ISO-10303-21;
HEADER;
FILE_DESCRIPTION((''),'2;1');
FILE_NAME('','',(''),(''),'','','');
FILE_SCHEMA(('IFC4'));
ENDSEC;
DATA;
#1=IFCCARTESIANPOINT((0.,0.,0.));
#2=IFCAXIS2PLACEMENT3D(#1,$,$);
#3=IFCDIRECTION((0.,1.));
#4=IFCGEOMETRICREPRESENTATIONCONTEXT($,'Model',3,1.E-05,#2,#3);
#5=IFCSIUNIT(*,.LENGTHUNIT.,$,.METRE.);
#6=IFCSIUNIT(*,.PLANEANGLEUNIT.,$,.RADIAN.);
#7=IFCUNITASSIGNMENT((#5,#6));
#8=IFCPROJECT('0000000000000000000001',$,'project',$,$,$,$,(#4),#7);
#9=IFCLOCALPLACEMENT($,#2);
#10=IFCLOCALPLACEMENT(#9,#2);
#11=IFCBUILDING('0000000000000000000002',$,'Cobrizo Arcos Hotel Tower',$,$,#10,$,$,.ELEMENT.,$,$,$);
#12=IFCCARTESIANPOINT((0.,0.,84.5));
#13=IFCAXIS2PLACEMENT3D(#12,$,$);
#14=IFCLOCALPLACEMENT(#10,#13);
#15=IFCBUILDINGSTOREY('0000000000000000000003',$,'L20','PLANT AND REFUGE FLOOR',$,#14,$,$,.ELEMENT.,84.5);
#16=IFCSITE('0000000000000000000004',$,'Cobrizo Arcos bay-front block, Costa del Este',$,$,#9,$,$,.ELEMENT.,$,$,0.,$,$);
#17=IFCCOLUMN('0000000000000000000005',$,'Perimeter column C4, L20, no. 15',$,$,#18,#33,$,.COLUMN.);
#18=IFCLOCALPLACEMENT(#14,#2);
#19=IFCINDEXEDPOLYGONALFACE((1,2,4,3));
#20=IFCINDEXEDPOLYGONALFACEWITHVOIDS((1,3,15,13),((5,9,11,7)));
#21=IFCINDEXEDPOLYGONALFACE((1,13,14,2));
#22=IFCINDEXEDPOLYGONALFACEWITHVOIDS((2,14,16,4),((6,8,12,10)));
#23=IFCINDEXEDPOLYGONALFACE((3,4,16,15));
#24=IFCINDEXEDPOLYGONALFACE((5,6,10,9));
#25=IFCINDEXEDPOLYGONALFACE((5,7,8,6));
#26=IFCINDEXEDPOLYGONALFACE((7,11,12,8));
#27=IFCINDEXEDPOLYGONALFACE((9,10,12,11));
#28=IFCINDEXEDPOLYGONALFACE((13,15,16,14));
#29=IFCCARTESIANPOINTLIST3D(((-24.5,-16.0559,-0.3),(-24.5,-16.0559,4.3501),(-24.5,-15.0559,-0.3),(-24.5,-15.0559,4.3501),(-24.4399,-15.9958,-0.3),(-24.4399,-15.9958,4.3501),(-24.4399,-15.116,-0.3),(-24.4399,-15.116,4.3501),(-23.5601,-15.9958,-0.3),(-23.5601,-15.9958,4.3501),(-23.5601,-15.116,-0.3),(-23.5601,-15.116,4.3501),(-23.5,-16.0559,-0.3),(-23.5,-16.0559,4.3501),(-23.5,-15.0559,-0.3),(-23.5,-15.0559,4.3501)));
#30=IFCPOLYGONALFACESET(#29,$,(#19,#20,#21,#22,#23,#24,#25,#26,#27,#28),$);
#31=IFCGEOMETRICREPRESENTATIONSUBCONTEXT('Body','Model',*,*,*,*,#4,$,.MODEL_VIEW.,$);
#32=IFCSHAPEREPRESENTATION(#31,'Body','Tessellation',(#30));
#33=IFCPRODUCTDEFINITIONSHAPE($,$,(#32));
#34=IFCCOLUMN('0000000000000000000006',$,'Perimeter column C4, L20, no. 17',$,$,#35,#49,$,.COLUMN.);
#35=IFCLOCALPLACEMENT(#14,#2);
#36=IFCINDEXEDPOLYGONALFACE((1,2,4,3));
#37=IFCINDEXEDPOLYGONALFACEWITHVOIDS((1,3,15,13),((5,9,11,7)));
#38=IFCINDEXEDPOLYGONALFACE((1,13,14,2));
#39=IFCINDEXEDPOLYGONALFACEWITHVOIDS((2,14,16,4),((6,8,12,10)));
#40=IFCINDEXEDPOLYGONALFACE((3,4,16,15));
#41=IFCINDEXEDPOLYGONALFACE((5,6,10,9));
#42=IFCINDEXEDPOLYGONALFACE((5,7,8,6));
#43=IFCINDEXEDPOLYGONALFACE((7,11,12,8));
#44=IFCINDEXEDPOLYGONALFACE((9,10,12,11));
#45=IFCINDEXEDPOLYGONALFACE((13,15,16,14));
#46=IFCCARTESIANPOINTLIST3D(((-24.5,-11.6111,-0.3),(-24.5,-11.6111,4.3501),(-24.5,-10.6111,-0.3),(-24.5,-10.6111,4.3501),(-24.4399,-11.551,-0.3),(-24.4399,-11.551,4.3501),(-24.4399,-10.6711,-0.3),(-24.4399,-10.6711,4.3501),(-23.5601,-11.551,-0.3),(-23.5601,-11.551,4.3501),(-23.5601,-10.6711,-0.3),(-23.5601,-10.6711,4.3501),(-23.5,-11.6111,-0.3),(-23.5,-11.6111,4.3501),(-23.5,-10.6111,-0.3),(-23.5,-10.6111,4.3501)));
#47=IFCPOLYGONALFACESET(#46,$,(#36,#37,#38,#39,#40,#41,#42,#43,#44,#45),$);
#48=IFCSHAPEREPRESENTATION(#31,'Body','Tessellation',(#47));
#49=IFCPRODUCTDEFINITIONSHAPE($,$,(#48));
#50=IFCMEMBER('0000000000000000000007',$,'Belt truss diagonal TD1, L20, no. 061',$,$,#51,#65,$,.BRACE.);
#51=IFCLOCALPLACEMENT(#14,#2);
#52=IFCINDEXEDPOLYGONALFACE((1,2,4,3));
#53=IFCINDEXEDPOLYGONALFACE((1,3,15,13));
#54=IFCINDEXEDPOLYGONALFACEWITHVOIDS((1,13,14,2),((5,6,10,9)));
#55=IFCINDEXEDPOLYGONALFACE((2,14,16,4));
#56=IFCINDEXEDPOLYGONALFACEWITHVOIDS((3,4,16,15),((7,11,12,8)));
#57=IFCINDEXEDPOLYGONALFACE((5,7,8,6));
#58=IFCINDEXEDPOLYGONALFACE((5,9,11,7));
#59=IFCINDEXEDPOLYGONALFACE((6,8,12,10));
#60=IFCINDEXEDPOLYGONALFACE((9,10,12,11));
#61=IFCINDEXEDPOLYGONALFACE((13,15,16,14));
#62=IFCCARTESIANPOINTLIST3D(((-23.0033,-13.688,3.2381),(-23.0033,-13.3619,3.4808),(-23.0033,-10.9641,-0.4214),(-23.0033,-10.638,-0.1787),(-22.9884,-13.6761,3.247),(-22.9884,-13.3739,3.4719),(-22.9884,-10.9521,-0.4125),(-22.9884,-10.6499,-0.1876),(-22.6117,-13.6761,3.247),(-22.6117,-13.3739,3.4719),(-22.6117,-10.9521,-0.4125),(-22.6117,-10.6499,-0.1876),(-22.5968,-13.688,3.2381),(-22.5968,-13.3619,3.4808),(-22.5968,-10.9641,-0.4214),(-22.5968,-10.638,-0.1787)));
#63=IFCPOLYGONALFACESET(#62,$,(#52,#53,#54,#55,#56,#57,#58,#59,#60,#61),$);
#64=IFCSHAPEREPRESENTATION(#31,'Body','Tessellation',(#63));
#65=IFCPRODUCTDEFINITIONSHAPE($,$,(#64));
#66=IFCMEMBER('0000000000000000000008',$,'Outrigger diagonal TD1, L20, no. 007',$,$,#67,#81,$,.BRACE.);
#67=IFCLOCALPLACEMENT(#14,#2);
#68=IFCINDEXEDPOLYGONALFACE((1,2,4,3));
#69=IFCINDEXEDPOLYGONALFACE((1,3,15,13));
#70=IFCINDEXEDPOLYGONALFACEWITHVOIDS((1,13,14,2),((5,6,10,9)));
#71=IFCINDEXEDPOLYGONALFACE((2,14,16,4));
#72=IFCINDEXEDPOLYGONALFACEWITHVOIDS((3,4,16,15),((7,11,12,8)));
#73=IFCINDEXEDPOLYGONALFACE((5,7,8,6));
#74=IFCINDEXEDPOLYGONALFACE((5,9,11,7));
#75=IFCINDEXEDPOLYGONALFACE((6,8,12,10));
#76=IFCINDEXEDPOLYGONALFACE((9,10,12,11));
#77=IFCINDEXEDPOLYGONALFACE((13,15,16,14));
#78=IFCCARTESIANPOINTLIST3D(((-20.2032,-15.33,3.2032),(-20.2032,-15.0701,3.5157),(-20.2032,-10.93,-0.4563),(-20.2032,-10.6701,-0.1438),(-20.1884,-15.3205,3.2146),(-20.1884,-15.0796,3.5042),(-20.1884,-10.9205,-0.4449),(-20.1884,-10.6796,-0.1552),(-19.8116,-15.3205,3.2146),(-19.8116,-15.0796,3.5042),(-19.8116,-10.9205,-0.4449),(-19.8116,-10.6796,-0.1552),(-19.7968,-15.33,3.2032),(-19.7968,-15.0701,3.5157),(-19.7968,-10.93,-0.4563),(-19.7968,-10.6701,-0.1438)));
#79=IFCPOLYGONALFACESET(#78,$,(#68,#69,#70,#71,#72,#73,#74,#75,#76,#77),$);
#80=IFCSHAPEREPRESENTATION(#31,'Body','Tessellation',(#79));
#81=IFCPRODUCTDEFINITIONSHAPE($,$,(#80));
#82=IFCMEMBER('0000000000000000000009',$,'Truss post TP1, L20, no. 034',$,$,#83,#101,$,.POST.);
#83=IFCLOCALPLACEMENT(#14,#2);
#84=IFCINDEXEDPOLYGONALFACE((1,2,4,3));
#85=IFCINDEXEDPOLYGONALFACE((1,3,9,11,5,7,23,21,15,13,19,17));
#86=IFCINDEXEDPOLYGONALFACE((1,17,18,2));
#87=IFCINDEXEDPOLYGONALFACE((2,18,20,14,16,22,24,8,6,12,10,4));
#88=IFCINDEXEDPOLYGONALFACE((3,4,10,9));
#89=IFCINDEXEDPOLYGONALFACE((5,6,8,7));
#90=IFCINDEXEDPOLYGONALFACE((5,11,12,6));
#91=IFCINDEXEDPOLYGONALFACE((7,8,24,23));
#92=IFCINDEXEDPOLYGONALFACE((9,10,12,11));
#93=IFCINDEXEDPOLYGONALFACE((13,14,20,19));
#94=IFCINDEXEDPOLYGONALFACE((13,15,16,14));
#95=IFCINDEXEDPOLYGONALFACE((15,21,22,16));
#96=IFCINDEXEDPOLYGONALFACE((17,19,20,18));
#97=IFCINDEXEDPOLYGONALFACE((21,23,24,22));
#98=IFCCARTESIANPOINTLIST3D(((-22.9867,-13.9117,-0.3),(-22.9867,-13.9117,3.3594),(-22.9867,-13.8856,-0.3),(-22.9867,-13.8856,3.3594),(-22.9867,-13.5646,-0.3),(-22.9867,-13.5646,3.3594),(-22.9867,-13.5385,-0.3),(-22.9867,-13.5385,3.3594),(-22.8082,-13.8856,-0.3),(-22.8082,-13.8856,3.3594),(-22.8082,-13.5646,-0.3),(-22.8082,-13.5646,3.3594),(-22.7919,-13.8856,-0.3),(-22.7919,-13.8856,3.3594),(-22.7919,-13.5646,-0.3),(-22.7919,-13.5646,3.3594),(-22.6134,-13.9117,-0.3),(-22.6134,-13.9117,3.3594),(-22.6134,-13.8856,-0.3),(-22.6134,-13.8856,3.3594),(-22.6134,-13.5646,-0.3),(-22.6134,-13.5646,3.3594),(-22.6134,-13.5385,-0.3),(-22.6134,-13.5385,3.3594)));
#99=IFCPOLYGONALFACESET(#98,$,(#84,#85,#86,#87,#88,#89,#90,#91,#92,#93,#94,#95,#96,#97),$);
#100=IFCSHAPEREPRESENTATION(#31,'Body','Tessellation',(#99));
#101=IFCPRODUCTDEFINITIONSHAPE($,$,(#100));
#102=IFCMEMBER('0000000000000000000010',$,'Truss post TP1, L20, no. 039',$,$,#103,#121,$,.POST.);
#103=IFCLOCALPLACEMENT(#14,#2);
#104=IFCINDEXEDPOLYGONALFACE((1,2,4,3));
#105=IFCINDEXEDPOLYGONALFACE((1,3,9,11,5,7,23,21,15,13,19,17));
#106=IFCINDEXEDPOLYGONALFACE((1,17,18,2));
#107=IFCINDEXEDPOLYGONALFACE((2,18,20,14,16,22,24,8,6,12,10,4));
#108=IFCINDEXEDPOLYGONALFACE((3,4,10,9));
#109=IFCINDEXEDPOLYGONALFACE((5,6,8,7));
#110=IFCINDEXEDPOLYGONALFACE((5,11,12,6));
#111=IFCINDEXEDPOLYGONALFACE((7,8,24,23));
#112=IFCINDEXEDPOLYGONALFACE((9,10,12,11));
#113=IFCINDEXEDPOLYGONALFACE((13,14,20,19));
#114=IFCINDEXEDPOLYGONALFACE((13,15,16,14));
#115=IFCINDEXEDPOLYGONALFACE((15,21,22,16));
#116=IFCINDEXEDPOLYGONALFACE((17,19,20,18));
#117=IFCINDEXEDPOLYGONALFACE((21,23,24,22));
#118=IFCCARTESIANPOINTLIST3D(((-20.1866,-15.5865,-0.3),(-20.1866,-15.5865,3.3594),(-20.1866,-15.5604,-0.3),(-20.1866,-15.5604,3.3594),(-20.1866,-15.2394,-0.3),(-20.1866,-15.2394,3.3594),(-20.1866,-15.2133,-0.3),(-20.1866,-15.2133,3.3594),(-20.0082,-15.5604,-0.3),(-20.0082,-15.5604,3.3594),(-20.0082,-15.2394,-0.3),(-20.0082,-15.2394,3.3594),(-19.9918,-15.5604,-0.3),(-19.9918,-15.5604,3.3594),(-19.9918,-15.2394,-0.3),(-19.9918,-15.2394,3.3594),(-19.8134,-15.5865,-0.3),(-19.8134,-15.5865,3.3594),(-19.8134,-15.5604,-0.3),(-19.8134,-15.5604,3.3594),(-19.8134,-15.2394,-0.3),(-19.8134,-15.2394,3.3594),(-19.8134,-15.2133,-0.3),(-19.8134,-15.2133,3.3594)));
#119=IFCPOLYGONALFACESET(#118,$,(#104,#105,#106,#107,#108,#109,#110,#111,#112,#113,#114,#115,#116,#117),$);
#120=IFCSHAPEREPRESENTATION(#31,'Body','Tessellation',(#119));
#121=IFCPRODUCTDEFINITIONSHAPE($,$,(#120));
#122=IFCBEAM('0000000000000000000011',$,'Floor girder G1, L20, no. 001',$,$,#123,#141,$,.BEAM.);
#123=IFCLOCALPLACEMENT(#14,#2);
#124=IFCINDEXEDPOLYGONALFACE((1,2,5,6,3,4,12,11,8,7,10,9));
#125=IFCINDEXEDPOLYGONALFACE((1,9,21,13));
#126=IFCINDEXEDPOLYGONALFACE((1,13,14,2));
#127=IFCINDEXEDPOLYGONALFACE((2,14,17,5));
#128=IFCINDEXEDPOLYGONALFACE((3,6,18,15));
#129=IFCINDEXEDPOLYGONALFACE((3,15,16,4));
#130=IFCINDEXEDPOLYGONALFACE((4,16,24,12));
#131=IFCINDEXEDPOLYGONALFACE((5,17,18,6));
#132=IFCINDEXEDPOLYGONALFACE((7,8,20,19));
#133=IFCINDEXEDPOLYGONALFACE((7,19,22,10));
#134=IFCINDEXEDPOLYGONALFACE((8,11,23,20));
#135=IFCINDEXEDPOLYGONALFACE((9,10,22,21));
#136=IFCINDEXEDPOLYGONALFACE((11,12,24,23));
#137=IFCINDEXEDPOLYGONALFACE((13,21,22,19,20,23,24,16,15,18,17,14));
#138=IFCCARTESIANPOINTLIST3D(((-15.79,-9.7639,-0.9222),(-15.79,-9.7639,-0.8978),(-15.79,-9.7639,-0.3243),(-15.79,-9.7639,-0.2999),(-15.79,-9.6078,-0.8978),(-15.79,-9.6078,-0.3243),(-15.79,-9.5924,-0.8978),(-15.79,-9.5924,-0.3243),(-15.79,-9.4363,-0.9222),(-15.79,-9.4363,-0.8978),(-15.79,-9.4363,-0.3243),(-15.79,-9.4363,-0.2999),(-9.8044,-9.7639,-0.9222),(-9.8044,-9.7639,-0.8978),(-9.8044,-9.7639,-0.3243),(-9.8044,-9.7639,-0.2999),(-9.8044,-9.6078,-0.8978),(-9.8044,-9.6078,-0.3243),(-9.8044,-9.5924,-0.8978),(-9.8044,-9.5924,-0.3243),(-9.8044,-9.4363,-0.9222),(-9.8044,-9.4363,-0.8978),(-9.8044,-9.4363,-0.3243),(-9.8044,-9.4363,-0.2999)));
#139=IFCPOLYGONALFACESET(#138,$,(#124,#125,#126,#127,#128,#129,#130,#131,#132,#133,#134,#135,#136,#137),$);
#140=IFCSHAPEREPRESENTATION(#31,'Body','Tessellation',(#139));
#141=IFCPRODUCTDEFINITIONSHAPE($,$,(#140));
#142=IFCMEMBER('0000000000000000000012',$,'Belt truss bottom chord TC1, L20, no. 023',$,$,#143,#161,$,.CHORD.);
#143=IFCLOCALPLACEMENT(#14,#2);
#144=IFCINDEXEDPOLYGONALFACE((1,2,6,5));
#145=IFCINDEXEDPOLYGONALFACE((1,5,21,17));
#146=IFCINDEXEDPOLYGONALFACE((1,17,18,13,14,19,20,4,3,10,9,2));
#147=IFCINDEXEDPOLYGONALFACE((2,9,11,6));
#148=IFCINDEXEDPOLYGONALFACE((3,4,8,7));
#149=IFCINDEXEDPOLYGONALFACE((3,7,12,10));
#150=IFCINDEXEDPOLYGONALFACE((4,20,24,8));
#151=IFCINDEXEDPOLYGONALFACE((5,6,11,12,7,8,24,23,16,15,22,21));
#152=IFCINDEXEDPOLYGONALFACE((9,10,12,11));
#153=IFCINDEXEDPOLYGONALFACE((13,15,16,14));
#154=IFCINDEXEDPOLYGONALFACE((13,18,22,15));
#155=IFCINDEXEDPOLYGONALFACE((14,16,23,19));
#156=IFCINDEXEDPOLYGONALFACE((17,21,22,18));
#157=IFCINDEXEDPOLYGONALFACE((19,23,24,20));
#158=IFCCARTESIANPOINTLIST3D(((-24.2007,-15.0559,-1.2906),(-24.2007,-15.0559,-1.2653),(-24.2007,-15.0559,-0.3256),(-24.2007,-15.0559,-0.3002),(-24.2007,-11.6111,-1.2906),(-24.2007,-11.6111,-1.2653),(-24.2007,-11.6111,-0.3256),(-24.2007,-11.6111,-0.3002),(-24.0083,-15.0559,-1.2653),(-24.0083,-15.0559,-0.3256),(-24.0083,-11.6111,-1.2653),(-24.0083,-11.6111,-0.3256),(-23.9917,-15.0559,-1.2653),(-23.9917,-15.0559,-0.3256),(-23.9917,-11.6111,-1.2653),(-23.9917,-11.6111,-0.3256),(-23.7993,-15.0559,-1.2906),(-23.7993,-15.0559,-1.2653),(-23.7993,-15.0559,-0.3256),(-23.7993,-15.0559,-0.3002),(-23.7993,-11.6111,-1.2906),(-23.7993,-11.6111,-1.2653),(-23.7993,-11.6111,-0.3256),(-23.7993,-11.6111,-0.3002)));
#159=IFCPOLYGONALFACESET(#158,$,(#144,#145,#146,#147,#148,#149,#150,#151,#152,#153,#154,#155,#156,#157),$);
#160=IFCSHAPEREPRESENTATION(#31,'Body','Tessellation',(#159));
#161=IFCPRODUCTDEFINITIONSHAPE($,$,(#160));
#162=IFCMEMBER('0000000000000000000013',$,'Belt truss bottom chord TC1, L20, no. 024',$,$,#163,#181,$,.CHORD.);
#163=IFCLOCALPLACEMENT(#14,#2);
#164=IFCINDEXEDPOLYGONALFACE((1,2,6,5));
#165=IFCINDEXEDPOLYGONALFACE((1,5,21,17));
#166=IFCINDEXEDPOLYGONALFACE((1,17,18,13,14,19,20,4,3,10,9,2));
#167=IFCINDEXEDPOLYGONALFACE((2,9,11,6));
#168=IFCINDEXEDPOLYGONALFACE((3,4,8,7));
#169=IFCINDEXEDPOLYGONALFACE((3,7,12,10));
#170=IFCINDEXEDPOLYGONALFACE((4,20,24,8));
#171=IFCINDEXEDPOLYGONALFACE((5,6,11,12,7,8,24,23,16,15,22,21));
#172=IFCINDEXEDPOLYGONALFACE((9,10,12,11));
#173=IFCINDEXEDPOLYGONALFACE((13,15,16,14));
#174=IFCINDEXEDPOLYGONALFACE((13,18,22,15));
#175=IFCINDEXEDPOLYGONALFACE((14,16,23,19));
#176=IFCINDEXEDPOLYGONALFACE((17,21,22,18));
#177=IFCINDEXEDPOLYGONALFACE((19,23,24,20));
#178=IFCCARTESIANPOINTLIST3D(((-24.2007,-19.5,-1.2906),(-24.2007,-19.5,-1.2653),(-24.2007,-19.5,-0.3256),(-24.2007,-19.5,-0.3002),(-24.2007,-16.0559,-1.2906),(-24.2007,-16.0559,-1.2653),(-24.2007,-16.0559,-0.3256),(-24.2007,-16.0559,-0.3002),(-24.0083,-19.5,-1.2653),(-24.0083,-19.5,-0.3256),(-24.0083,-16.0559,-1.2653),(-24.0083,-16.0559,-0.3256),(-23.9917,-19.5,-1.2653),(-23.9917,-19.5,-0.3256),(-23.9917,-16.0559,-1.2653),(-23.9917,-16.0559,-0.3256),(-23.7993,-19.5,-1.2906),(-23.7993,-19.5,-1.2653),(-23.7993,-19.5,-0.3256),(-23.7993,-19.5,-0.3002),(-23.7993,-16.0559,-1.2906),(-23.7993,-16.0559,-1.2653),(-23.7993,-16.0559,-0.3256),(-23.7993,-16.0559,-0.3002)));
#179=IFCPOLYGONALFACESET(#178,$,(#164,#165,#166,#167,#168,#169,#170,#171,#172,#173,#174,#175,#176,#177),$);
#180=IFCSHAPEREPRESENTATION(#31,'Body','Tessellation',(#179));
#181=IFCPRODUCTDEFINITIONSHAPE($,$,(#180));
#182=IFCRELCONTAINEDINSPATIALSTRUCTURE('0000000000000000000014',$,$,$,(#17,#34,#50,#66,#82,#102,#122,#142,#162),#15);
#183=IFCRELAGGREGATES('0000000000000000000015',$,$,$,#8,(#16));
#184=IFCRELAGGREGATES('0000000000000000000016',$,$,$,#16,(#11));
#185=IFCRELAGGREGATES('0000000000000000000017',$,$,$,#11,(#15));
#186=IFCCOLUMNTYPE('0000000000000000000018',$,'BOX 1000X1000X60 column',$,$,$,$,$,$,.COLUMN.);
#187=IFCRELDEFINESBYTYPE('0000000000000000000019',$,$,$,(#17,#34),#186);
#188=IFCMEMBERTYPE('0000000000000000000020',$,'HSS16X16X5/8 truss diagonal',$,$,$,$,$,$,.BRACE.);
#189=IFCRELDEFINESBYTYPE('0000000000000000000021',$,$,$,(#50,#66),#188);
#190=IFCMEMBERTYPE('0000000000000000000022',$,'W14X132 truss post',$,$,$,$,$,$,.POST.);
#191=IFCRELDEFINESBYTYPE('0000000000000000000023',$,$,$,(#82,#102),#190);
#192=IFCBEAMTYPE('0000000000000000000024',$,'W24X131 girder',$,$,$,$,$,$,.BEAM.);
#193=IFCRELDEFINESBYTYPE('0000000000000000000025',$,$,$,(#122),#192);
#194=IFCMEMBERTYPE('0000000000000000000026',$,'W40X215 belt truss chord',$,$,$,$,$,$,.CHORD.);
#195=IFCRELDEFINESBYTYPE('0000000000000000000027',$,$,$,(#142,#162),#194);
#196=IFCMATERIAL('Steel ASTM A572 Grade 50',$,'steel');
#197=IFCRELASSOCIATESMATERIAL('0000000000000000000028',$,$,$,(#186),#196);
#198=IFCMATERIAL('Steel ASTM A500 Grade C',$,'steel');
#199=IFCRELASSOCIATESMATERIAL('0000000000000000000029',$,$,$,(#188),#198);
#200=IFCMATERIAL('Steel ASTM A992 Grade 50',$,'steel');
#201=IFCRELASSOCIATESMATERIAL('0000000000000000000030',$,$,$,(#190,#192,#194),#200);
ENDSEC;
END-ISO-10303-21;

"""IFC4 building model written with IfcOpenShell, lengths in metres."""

from ifc_helpers import new_model, si_unit, direction, frame, origin, origin_2d, place, context, subcontext, project, spatial, hollow_rectangle, i_section, extrude, material, material_profile, profile_set, type_object, element, save


model = new_model("IFC4")

# Units and contexts
model_context = context("Model", 3, precision=1e-05, world=origin(), true_north=direction((0.0, 1.0)))
body_context = subcontext(model_context, "Body", "Model", "MODEL_VIEW")
ifc_project = project(units=[si_unit("LENGTHUNIT", "METRE"), si_unit("PLANEANGLEUNIT", "RADIAN")], contexts=[model_context])

# Site, building, storey
site_placement = place(None, origin())
site = spatial("IfcSite", under=ifc_project, at=site_placement, Name="Cobrizo Arcos bay-front block, Costa del Este", CompositionType="ELEMENT", RefElevation=0.0)
building_placement = place(site_placement, origin())
building = spatial("IfcBuilding", under=site, at=building_placement, Name="Cobrizo Arcos Hotel Tower", CompositionType="ELEMENT")
storey_placement = place(building_placement, frame((0.0, 0.0, 84.5)))
storey = spatial("IfcBuildingStorey", under=building, at=storey_placement, Name="L20", Description="PLANT AND REFUGE FLOOR", CompositionType="ELEMENT", Elevation=84.5)

# Columns
ifc_material_1 = material(Name="Steel ASTM A572 Grade 50", Category="steel")
ifc_material_profile_1 = material_profile(ifc_material_1, hollow_rectangle(XDim=1.0, YDim=1.0, WallThickness=0.0601, at=origin_2d()), Name="BOX 1000X1000X60")
ifc_profile_set_1 = profile_set([ifc_material_profile_1], Name="Steel ASTM A572 Grade 50")
column_type = type_object("IfcColumnType", Name="BOX 1000X1000X60 column", PredefinedType="COLUMN", material=ifc_profile_set_1)
for number, where, z_axis, x_axis, name in (
    (1, (-24.0, -15.5559, -0.3), (0.0, 0.0, 1.0), (1.0, 0.0, 0.0), "Perimeter column C4, L20, no. 15"),
    (2, (-24.0, -11.1111, -0.3), (0.0, 0.0, 1.0), (1.0, 0.0, 0.0), "Perimeter column C4, L20, no. 17"),
):
    element("IfcColumn", number, at=place(storey_placement, frame(where, z_axis=z_axis, x_axis=x_axis)), inside=storey, type_object=column_type, Name=name, PredefinedType="COLUMN", context=body_context, shape_type="SweptSolid", body=[
        extrude(hollow_rectangle(XDim=1.0, YDim=1.0, WallThickness=0.0601, at=origin_2d()), origin(), (0.0, 0.0, 1.0), 4.6501),
    ])

# Members
ifc_material_2 = material(Name="Steel ASTM A500 Grade C", Category="steel")
ifc_material_profile_2 = material_profile(ifc_material_2, hollow_rectangle(XDim=0.4065, YDim=0.4065, WallThickness=0.0149, at=origin_2d()), Name="HSS16X16X5/8")
ifc_profile_set_2 = profile_set([ifc_material_profile_2], Name="Steel ASTM A500 Grade C")
member_type_1 = type_object("IfcMemberType", Name="HSS16X16X5/8 truss diagonal", PredefinedType="BRACE", material=ifc_profile_set_2)
member_1_placement = place(storey_placement, frame((-22.8, -10.801, -0.3), z_axis=(0.0, -0.597093, 0.802172), x_axis=(1.0, 0.0, 0.0)))
element("IfcMember", 3, at=member_1_placement, inside=storey, type_object=member_type_1, Name="Belt truss diagonal TD1, L20, no. 061", PredefinedType="BRACE", context=body_context, shape_type="SweptSolid", body=[
    extrude(hollow_rectangle(XDim=0.4065, YDim=0.4065, WallThickness=0.0149, at=origin_2d()), origin(), (0.0, 0.0, 1.0), 4.562),
])
member_2_placement = place(storey_placement, frame((-20.0, -10.8, -0.3), z_axis=(0.0, -0.768836, 0.639446), x_axis=(1.0, 0.0, 0.0)))
element("IfcMember", 4, at=member_2_placement, inside=storey, type_object=member_type_1, Name="Outrigger diagonal TD1, L20, no. 007", PredefinedType="BRACE", context=body_context, shape_type="SweptSolid", body=[
    extrude(hollow_rectangle(XDim=0.4065, YDim=0.4065, WallThickness=0.0149, at=origin_2d()), origin(), (0.0, 0.0, 1.0), 5.7229),
])
ifc_material_3 = material(Name="Steel ASTM A992 Grade 50", Category="steel")
ifc_material_profile_3 = material_profile(ifc_material_3, i_section(OverallWidth=0.3733, OverallDepth=0.3733, WebThickness=0.0164, FlangeThickness=0.0261, at=origin_2d()), Name="W14X132")
ifc_profile_set_3 = profile_set([ifc_material_profile_3], Name="Steel ASTM A992 Grade 50")
member_type_2 = type_object("IfcMemberType", Name="W14X132 truss post", PredefinedType="POST", material=ifc_profile_set_3)
for number, where, z_axis, x_axis, name in (
    (5, (-22.8, -13.7251, -0.3), (0.0, 0.0, 1.0), (1.0, 0.0, 0.0), "Truss post TP1, L20, no. 034"),
    (6, (-20.0, -15.3999, -0.3), (0.0, 0.0, 1.0), (1.0, 0.0, 0.0), "Truss post TP1, L20, no. 039"),
):
    element("IfcMember", number, at=place(storey_placement, frame(where, z_axis=z_axis, x_axis=x_axis)), inside=storey, type_object=member_type_2, Name=name, PredefinedType="POST", context=body_context, shape_type="SweptSolid", body=[
        extrude(i_section(OverallWidth=0.3733, OverallDepth=0.3733, WebThickness=0.0164, FlangeThickness=0.0261, at=origin_2d()), origin(), (0.0, 0.0, 1.0), 3.6594),
    ])

# Beam
ifc_material_profile_4 = material_profile(ifc_material_3, i_section(OverallWidth=0.3276, OverallDepth=0.6223, WebThickness=0.0154, FlangeThickness=0.0244, at=origin_2d()), Name="W24X131")
ifc_profile_set_4 = profile_set([ifc_material_profile_4], Name="Steel ASTM A992 Grade 50")
beam_type = type_object("IfcBeamType", Name="W24X131 girder", PredefinedType="BEAM", material=ifc_profile_set_4)
beam_placement = place(storey_placement, frame((-15.79, -9.6001, -0.6111), z_axis=(1.0, 0.0, 0.0), x_axis=(0.0, 1.0, 0.0)))
element("IfcBeam", 7, at=beam_placement, inside=storey, type_object=beam_type, Name="Floor girder G1, L20, no. 001", PredefinedType="BEAM", context=body_context, shape_type="SweptSolid", body=[
    extrude(i_section(OverallWidth=0.3276, OverallDepth=0.6223, WebThickness=0.0154, FlangeThickness=0.0244, at=origin_2d()), origin(), (0.0, 0.0, 1.0), 5.9856),
])

# Members
ifc_material_profile_5 = material_profile(ifc_material_3, i_section(OverallWidth=0.4014, OverallDepth=0.9905, WebThickness=0.0166, FlangeThickness=0.0254, at=origin_2d()), Name="W40X215")
ifc_profile_set_5 = profile_set([ifc_material_profile_5], Name="Steel ASTM A992 Grade 50")
member_type_3 = type_object("IfcMemberType", Name="W40X215 belt truss chord", PredefinedType="CHORD", material=ifc_profile_set_5)
member_3_placement = place(storey_placement, frame((-24.0, -11.6111, -0.7954), z_axis=(0.0, -1.0, 0.0), x_axis=(1.0, 0.0, 0.0)))
element("IfcMember", 8, at=member_3_placement, inside=storey, type_object=member_type_3, Name="Belt truss bottom chord TC1, L20, no. 023", PredefinedType="CHORD", context=body_context, shape_type="SweptSolid", body=[
    extrude(i_section(OverallWidth=0.4014, OverallDepth=0.9905, WebThickness=0.0166, FlangeThickness=0.0254, at=origin_2d()), origin(), (0.0, 0.0, 1.0), 3.4448),
])
member_4_placement = place(storey_placement, frame((-24.0, -16.0559, -0.7954), z_axis=(0.0, -1.0, 0.0), x_axis=(1.0, 0.0, 0.0)))
element("IfcMember", 9, at=member_4_placement, inside=storey, type_object=member_type_3, Name="Belt truss bottom chord TC1, L20, no. 024", PredefinedType="CHORD", context=body_context, shape_type="SweptSolid", body=[
    extrude(i_section(OverallWidth=0.4014, OverallDepth=0.9905, WebThickness=0.0166, FlangeThickness=0.0254, at=origin_2d()), origin(), (0.0, 0.0, 1.0), 3.4441),
])

save(model, "model.ifc")
